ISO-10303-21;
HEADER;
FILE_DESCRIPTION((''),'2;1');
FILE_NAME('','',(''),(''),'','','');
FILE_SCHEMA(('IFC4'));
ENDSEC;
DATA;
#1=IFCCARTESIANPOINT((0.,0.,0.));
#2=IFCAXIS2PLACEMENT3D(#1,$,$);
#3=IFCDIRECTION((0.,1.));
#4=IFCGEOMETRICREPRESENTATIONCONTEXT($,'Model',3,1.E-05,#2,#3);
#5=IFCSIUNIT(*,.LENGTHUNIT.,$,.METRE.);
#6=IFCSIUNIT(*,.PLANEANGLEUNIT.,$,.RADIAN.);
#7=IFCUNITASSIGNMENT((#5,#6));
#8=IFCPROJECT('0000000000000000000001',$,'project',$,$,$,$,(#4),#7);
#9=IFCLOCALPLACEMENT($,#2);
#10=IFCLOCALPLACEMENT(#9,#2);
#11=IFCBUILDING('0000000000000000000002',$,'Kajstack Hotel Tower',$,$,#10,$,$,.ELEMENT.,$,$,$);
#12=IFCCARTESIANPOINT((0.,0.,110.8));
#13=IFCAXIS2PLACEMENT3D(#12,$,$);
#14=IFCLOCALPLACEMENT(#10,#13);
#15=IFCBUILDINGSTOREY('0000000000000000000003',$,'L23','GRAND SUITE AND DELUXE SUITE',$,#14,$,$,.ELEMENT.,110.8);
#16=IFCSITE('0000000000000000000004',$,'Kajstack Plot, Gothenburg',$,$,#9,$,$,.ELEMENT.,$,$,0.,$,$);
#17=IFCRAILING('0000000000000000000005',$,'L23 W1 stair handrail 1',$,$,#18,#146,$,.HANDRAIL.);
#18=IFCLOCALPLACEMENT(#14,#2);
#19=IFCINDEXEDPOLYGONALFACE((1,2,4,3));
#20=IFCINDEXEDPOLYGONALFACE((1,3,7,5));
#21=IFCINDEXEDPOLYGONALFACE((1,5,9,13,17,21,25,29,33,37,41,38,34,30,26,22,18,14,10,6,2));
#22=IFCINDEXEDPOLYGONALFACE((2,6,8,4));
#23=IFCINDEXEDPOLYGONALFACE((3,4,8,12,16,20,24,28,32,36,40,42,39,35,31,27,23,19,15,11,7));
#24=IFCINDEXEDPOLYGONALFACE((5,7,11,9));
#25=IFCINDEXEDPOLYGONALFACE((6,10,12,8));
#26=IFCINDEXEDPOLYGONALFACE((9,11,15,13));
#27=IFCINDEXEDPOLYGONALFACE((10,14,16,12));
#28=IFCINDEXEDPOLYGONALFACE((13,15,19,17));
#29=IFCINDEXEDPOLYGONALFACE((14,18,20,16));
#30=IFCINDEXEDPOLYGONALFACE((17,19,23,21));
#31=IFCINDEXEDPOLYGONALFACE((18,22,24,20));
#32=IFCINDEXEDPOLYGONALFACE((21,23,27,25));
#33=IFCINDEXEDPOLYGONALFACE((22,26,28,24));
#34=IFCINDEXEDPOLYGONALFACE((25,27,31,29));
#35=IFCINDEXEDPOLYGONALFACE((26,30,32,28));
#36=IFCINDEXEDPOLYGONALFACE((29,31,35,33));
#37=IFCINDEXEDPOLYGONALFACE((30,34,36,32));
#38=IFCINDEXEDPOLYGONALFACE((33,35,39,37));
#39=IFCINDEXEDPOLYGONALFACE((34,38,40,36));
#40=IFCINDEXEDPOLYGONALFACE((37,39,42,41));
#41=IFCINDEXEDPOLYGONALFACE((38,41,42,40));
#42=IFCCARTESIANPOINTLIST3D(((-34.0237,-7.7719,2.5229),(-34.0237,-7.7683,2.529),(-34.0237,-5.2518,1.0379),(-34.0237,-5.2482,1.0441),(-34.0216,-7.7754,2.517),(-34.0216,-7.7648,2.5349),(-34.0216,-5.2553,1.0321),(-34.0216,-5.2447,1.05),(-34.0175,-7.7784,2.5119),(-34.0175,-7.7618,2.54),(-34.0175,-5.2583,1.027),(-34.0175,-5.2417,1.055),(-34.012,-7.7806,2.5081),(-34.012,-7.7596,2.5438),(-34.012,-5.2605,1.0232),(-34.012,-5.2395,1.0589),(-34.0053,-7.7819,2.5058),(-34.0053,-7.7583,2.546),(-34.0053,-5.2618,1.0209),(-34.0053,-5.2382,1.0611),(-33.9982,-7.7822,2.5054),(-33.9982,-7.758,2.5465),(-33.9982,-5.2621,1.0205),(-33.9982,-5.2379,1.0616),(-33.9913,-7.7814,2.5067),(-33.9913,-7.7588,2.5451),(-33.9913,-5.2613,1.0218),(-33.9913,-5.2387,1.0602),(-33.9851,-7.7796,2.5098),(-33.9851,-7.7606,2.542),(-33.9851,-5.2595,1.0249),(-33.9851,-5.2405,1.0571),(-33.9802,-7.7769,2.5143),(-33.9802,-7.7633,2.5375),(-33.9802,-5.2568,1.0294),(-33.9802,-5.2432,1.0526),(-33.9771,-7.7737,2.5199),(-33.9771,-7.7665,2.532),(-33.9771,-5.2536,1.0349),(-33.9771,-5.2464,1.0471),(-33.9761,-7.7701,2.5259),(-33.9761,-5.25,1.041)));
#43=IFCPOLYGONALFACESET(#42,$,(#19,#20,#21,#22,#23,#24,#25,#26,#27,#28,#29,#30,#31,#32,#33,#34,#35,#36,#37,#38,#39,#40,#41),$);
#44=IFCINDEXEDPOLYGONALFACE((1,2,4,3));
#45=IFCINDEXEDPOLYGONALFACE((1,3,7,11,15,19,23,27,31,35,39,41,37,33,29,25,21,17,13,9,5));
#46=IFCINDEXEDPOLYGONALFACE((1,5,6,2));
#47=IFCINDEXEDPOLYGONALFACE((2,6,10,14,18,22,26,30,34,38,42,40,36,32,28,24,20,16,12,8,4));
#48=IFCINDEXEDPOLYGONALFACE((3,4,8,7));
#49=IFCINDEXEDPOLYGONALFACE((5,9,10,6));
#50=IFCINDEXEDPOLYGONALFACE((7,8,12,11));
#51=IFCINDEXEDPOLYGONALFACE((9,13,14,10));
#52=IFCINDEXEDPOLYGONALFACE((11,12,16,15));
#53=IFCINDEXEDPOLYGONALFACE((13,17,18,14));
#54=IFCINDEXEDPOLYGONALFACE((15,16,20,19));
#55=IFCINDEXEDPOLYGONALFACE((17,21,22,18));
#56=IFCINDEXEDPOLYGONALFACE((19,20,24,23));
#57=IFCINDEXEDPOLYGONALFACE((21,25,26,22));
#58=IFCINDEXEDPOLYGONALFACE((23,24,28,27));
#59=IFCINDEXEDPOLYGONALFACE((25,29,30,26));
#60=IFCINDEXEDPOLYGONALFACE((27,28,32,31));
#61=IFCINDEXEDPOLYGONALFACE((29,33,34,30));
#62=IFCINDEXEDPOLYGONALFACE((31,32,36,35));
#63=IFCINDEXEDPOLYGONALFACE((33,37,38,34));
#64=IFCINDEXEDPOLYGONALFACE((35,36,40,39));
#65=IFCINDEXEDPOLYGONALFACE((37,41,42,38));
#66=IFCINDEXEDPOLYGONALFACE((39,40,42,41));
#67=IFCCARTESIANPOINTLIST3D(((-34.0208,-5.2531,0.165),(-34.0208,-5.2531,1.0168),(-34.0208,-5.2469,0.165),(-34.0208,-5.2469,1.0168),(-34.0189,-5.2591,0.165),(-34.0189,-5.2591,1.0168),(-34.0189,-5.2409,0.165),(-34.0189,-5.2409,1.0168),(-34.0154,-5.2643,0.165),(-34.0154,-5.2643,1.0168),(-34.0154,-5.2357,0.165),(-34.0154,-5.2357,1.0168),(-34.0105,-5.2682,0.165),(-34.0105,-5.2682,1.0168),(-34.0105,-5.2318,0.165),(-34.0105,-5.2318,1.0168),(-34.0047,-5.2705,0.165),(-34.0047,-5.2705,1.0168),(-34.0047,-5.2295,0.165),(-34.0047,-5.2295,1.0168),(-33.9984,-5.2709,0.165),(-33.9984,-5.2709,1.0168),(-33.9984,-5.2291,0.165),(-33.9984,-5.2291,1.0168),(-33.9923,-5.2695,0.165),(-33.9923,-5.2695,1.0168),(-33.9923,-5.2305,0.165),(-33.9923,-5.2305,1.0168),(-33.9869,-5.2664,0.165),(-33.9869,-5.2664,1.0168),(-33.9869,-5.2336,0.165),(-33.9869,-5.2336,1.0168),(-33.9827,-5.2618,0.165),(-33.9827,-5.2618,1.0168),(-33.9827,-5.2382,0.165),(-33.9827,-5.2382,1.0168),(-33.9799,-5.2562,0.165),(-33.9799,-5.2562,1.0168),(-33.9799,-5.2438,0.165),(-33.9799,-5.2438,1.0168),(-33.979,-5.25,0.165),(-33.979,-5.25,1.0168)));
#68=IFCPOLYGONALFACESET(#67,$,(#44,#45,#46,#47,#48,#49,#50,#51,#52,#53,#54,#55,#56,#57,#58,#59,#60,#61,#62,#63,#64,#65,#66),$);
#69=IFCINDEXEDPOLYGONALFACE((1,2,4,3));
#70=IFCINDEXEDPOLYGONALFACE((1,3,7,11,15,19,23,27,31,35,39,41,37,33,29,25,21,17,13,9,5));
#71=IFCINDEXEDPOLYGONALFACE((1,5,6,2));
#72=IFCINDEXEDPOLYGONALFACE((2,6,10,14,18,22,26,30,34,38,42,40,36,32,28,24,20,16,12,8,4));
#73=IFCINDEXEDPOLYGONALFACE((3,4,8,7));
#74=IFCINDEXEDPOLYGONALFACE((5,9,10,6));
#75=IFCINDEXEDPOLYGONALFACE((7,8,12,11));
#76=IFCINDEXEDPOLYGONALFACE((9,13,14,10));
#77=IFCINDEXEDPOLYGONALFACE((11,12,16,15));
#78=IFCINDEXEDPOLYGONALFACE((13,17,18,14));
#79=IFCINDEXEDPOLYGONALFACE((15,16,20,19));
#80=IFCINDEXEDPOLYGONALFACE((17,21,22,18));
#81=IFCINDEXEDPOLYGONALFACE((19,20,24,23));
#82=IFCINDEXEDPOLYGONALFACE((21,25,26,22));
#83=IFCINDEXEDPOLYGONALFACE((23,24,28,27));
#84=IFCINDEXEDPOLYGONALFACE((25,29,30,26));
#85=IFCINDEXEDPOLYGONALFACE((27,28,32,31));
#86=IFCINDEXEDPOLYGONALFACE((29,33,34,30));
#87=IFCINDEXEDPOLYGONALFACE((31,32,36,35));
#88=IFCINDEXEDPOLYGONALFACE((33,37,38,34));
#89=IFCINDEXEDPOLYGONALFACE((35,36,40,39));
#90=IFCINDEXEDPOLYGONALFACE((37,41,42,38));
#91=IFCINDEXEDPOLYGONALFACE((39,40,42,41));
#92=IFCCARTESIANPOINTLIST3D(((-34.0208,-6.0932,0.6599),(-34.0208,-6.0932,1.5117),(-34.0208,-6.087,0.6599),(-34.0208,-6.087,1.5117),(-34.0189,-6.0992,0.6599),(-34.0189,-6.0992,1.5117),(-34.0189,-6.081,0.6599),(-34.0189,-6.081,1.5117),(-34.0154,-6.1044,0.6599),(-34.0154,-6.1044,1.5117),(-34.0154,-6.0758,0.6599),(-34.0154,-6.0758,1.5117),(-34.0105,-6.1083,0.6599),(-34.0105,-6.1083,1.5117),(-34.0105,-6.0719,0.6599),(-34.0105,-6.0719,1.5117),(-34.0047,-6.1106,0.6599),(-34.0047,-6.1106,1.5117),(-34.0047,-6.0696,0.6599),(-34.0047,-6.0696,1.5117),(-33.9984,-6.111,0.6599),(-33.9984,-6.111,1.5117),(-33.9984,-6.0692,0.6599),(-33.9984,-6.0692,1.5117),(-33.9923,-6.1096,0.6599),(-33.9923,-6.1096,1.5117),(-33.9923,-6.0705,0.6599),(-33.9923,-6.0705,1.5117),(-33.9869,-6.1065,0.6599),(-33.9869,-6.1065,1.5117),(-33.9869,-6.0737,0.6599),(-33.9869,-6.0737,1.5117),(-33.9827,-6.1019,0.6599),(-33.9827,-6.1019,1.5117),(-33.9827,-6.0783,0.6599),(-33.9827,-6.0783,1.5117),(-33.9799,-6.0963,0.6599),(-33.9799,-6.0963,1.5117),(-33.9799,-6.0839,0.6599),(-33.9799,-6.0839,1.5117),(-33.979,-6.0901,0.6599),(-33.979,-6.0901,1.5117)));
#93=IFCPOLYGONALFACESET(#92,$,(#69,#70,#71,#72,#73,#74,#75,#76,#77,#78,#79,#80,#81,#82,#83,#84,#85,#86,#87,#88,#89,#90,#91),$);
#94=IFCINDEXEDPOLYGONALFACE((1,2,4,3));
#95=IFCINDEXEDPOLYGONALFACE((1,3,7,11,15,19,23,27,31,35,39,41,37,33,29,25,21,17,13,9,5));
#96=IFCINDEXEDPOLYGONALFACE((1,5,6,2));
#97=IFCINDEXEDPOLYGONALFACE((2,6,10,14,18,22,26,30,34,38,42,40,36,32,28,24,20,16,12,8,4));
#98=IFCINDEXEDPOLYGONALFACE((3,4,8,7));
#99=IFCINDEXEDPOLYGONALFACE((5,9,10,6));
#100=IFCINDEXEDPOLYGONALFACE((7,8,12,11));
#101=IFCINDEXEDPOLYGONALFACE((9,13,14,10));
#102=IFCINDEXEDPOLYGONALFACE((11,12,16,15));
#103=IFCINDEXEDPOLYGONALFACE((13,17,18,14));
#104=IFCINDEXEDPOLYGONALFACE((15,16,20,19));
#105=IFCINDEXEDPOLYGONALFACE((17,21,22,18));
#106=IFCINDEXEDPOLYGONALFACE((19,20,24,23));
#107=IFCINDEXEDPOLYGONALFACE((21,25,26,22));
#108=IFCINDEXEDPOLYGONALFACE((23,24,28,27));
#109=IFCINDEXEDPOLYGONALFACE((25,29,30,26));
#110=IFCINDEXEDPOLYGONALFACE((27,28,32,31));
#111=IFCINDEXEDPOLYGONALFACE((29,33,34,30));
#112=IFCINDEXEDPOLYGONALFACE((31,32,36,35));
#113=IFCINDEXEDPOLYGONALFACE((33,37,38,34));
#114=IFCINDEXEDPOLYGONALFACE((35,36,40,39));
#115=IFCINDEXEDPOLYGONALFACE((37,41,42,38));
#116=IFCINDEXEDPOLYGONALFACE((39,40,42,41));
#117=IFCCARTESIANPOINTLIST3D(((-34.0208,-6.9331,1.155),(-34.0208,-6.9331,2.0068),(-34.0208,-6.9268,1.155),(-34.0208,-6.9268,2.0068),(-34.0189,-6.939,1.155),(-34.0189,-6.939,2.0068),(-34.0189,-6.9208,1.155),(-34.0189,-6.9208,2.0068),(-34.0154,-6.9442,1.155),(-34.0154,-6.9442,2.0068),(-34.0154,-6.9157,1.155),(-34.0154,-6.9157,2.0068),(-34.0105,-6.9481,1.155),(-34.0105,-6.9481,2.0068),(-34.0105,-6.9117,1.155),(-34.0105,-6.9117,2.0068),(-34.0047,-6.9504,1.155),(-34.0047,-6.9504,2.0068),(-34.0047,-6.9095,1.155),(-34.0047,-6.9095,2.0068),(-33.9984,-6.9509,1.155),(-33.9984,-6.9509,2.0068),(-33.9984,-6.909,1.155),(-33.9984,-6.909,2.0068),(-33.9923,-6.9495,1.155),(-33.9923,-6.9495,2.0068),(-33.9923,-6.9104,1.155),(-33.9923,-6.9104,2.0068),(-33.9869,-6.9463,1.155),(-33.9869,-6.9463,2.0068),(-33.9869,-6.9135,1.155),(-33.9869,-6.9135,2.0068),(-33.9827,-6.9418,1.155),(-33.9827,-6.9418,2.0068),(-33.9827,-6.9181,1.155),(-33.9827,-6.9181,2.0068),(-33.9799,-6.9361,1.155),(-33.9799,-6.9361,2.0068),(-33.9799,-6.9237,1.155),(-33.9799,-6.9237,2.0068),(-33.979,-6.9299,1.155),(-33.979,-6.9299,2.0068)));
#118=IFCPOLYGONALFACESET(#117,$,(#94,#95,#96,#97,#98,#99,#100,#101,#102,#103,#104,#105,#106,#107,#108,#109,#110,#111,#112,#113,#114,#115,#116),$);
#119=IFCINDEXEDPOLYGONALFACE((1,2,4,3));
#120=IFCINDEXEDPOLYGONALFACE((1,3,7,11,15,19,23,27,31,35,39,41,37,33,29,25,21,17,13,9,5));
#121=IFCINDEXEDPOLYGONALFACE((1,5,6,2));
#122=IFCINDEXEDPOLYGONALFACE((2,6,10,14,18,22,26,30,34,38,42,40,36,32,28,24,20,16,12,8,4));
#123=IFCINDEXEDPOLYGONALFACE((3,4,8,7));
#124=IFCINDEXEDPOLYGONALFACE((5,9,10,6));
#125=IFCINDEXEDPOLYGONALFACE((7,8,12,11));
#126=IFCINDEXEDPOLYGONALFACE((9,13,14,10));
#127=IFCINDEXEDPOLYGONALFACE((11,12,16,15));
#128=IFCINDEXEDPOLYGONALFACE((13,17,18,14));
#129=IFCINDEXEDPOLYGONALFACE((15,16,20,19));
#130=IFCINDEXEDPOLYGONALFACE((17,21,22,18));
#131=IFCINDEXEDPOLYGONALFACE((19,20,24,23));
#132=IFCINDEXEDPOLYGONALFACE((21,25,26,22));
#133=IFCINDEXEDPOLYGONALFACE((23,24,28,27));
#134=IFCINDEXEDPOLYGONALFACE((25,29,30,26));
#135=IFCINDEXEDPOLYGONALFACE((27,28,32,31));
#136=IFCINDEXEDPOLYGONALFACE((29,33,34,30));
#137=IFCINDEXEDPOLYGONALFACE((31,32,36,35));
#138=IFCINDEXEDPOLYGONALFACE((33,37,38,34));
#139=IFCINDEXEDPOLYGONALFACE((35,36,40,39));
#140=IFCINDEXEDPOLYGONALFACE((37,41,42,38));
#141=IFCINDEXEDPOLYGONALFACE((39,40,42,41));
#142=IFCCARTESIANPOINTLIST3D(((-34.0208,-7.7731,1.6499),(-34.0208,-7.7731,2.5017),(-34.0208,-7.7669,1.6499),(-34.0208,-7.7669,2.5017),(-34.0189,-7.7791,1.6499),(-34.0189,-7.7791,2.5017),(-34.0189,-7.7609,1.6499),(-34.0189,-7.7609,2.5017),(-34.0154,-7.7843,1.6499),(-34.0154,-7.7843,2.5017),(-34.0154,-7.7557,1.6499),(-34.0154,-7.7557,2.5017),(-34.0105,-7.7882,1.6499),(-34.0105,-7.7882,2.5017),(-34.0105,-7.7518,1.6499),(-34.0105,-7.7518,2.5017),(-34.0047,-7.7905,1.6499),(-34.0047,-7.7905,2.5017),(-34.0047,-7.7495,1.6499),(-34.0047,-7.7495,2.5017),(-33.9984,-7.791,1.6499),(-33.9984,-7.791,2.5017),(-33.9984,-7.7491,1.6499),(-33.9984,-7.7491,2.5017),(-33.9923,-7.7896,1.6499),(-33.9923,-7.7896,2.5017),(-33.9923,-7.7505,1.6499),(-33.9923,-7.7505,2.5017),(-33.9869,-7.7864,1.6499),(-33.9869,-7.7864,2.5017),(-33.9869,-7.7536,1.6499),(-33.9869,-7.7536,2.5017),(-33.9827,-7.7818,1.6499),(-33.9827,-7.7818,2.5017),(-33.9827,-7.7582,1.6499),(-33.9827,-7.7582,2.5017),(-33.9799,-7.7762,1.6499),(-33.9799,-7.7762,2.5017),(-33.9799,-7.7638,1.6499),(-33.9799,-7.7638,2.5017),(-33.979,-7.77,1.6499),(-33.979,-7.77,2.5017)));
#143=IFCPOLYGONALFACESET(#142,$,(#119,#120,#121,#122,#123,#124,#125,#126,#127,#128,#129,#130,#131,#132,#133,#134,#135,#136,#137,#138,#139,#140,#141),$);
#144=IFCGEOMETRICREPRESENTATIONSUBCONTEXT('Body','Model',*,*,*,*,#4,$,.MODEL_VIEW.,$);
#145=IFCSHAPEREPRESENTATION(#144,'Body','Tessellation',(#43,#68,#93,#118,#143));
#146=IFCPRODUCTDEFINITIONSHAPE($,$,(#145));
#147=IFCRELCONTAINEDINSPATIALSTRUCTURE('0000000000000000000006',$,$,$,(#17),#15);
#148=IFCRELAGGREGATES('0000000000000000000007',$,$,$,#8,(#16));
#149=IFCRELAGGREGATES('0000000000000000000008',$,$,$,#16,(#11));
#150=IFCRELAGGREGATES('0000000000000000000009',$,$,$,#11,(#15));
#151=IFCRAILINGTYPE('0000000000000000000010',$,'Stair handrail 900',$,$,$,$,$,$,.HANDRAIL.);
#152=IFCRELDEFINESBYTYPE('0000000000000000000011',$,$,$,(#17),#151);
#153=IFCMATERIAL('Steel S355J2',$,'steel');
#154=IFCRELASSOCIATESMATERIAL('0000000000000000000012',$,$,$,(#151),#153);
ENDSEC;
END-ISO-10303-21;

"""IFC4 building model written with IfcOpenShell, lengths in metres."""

from ifc_helpers import new_model, si_unit, direction, frame, origin, origin_2d, place, context, subcontext, project, spatial, circle, extrude, material, type_object, element, save


model = new_model("IFC4")

# Units and contexts
model_context = context("Model", 3, precision=1e-05, world=origin(), true_north=direction((0.0, 1.0)))
body_context = subcontext(model_context, "Body", "Model", "MODEL_VIEW")
ifc_project = project(units=[si_unit("LENGTHUNIT", "METRE"), si_unit("PLANEANGLEUNIT", "RADIAN")], contexts=[model_context])

# Site, building, storey
site_placement = place(None, origin())
site = spatial("IfcSite", under=ifc_project, at=site_placement, Name="Kajstack Plot, Gothenburg", CompositionType="ELEMENT", RefElevation=0.0)
building_placement = place(site_placement, origin())
building = spatial("IfcBuilding", under=site, at=building_placement, Name="Kajstack Hotel Tower", CompositionType="ELEMENT")
storey_placement = place(building_placement, frame((0.0, 0.0, 110.8)))
storey = spatial("IfcBuildingStorey", under=building, at=storey_placement, Name="L23", Description="GRAND SUITE AND DELUXE SUITE", CompositionType="ELEMENT", Elevation=110.8)

# Railing
ifc_material_1 = material(Name="Steel S355J2", Category="steel")
railing_type_1 = type_object("IfcRailingType", Name="Stair handrail 900", PredefinedType="HANDRAIL", material=ifc_material_1)
railing_1_placement = place(storey_placement, frame((-34.0, -5.25, 0.165)))
element("IfcRailing", 1, at=railing_1_placement, inside=storey, type_object=railing_type_1, Name="L23 W1 stair handrail 1", PredefinedType="HANDRAIL", context=body_context, shape_type="SweptSolid", body=[
    extrude(circle(Radius=0.0239, at=origin_2d()), frame((0.0, 0.0, 0.876), z_axis=(0.0, -0.861561, 0.507655), x_axis=(1.0, 0.0, 0.0)), (0.0, 0.0, 1.0), 2.925),
    extrude(circle(Radius=0.021, at=origin_2d()), origin(), (0.0, 0.0, 1.0), 0.8518),
    extrude(circle(Radius=0.021, at=origin_2d()), frame((0.0, -0.8401, 0.4949)), (0.0, 0.0, 1.0), 0.8518),
    extrude(circle(Radius=0.021, at=origin_2d()), frame((0.0, -1.6799, 0.99)), (0.0, 0.0, 1.0), 0.8518),
    extrude(circle(Radius=0.021, at=origin_2d()), frame((0.0, -2.52, 1.4849)), (0.0, 0.0, 1.0), 0.8518),
])

save(model, "model.ifc")
